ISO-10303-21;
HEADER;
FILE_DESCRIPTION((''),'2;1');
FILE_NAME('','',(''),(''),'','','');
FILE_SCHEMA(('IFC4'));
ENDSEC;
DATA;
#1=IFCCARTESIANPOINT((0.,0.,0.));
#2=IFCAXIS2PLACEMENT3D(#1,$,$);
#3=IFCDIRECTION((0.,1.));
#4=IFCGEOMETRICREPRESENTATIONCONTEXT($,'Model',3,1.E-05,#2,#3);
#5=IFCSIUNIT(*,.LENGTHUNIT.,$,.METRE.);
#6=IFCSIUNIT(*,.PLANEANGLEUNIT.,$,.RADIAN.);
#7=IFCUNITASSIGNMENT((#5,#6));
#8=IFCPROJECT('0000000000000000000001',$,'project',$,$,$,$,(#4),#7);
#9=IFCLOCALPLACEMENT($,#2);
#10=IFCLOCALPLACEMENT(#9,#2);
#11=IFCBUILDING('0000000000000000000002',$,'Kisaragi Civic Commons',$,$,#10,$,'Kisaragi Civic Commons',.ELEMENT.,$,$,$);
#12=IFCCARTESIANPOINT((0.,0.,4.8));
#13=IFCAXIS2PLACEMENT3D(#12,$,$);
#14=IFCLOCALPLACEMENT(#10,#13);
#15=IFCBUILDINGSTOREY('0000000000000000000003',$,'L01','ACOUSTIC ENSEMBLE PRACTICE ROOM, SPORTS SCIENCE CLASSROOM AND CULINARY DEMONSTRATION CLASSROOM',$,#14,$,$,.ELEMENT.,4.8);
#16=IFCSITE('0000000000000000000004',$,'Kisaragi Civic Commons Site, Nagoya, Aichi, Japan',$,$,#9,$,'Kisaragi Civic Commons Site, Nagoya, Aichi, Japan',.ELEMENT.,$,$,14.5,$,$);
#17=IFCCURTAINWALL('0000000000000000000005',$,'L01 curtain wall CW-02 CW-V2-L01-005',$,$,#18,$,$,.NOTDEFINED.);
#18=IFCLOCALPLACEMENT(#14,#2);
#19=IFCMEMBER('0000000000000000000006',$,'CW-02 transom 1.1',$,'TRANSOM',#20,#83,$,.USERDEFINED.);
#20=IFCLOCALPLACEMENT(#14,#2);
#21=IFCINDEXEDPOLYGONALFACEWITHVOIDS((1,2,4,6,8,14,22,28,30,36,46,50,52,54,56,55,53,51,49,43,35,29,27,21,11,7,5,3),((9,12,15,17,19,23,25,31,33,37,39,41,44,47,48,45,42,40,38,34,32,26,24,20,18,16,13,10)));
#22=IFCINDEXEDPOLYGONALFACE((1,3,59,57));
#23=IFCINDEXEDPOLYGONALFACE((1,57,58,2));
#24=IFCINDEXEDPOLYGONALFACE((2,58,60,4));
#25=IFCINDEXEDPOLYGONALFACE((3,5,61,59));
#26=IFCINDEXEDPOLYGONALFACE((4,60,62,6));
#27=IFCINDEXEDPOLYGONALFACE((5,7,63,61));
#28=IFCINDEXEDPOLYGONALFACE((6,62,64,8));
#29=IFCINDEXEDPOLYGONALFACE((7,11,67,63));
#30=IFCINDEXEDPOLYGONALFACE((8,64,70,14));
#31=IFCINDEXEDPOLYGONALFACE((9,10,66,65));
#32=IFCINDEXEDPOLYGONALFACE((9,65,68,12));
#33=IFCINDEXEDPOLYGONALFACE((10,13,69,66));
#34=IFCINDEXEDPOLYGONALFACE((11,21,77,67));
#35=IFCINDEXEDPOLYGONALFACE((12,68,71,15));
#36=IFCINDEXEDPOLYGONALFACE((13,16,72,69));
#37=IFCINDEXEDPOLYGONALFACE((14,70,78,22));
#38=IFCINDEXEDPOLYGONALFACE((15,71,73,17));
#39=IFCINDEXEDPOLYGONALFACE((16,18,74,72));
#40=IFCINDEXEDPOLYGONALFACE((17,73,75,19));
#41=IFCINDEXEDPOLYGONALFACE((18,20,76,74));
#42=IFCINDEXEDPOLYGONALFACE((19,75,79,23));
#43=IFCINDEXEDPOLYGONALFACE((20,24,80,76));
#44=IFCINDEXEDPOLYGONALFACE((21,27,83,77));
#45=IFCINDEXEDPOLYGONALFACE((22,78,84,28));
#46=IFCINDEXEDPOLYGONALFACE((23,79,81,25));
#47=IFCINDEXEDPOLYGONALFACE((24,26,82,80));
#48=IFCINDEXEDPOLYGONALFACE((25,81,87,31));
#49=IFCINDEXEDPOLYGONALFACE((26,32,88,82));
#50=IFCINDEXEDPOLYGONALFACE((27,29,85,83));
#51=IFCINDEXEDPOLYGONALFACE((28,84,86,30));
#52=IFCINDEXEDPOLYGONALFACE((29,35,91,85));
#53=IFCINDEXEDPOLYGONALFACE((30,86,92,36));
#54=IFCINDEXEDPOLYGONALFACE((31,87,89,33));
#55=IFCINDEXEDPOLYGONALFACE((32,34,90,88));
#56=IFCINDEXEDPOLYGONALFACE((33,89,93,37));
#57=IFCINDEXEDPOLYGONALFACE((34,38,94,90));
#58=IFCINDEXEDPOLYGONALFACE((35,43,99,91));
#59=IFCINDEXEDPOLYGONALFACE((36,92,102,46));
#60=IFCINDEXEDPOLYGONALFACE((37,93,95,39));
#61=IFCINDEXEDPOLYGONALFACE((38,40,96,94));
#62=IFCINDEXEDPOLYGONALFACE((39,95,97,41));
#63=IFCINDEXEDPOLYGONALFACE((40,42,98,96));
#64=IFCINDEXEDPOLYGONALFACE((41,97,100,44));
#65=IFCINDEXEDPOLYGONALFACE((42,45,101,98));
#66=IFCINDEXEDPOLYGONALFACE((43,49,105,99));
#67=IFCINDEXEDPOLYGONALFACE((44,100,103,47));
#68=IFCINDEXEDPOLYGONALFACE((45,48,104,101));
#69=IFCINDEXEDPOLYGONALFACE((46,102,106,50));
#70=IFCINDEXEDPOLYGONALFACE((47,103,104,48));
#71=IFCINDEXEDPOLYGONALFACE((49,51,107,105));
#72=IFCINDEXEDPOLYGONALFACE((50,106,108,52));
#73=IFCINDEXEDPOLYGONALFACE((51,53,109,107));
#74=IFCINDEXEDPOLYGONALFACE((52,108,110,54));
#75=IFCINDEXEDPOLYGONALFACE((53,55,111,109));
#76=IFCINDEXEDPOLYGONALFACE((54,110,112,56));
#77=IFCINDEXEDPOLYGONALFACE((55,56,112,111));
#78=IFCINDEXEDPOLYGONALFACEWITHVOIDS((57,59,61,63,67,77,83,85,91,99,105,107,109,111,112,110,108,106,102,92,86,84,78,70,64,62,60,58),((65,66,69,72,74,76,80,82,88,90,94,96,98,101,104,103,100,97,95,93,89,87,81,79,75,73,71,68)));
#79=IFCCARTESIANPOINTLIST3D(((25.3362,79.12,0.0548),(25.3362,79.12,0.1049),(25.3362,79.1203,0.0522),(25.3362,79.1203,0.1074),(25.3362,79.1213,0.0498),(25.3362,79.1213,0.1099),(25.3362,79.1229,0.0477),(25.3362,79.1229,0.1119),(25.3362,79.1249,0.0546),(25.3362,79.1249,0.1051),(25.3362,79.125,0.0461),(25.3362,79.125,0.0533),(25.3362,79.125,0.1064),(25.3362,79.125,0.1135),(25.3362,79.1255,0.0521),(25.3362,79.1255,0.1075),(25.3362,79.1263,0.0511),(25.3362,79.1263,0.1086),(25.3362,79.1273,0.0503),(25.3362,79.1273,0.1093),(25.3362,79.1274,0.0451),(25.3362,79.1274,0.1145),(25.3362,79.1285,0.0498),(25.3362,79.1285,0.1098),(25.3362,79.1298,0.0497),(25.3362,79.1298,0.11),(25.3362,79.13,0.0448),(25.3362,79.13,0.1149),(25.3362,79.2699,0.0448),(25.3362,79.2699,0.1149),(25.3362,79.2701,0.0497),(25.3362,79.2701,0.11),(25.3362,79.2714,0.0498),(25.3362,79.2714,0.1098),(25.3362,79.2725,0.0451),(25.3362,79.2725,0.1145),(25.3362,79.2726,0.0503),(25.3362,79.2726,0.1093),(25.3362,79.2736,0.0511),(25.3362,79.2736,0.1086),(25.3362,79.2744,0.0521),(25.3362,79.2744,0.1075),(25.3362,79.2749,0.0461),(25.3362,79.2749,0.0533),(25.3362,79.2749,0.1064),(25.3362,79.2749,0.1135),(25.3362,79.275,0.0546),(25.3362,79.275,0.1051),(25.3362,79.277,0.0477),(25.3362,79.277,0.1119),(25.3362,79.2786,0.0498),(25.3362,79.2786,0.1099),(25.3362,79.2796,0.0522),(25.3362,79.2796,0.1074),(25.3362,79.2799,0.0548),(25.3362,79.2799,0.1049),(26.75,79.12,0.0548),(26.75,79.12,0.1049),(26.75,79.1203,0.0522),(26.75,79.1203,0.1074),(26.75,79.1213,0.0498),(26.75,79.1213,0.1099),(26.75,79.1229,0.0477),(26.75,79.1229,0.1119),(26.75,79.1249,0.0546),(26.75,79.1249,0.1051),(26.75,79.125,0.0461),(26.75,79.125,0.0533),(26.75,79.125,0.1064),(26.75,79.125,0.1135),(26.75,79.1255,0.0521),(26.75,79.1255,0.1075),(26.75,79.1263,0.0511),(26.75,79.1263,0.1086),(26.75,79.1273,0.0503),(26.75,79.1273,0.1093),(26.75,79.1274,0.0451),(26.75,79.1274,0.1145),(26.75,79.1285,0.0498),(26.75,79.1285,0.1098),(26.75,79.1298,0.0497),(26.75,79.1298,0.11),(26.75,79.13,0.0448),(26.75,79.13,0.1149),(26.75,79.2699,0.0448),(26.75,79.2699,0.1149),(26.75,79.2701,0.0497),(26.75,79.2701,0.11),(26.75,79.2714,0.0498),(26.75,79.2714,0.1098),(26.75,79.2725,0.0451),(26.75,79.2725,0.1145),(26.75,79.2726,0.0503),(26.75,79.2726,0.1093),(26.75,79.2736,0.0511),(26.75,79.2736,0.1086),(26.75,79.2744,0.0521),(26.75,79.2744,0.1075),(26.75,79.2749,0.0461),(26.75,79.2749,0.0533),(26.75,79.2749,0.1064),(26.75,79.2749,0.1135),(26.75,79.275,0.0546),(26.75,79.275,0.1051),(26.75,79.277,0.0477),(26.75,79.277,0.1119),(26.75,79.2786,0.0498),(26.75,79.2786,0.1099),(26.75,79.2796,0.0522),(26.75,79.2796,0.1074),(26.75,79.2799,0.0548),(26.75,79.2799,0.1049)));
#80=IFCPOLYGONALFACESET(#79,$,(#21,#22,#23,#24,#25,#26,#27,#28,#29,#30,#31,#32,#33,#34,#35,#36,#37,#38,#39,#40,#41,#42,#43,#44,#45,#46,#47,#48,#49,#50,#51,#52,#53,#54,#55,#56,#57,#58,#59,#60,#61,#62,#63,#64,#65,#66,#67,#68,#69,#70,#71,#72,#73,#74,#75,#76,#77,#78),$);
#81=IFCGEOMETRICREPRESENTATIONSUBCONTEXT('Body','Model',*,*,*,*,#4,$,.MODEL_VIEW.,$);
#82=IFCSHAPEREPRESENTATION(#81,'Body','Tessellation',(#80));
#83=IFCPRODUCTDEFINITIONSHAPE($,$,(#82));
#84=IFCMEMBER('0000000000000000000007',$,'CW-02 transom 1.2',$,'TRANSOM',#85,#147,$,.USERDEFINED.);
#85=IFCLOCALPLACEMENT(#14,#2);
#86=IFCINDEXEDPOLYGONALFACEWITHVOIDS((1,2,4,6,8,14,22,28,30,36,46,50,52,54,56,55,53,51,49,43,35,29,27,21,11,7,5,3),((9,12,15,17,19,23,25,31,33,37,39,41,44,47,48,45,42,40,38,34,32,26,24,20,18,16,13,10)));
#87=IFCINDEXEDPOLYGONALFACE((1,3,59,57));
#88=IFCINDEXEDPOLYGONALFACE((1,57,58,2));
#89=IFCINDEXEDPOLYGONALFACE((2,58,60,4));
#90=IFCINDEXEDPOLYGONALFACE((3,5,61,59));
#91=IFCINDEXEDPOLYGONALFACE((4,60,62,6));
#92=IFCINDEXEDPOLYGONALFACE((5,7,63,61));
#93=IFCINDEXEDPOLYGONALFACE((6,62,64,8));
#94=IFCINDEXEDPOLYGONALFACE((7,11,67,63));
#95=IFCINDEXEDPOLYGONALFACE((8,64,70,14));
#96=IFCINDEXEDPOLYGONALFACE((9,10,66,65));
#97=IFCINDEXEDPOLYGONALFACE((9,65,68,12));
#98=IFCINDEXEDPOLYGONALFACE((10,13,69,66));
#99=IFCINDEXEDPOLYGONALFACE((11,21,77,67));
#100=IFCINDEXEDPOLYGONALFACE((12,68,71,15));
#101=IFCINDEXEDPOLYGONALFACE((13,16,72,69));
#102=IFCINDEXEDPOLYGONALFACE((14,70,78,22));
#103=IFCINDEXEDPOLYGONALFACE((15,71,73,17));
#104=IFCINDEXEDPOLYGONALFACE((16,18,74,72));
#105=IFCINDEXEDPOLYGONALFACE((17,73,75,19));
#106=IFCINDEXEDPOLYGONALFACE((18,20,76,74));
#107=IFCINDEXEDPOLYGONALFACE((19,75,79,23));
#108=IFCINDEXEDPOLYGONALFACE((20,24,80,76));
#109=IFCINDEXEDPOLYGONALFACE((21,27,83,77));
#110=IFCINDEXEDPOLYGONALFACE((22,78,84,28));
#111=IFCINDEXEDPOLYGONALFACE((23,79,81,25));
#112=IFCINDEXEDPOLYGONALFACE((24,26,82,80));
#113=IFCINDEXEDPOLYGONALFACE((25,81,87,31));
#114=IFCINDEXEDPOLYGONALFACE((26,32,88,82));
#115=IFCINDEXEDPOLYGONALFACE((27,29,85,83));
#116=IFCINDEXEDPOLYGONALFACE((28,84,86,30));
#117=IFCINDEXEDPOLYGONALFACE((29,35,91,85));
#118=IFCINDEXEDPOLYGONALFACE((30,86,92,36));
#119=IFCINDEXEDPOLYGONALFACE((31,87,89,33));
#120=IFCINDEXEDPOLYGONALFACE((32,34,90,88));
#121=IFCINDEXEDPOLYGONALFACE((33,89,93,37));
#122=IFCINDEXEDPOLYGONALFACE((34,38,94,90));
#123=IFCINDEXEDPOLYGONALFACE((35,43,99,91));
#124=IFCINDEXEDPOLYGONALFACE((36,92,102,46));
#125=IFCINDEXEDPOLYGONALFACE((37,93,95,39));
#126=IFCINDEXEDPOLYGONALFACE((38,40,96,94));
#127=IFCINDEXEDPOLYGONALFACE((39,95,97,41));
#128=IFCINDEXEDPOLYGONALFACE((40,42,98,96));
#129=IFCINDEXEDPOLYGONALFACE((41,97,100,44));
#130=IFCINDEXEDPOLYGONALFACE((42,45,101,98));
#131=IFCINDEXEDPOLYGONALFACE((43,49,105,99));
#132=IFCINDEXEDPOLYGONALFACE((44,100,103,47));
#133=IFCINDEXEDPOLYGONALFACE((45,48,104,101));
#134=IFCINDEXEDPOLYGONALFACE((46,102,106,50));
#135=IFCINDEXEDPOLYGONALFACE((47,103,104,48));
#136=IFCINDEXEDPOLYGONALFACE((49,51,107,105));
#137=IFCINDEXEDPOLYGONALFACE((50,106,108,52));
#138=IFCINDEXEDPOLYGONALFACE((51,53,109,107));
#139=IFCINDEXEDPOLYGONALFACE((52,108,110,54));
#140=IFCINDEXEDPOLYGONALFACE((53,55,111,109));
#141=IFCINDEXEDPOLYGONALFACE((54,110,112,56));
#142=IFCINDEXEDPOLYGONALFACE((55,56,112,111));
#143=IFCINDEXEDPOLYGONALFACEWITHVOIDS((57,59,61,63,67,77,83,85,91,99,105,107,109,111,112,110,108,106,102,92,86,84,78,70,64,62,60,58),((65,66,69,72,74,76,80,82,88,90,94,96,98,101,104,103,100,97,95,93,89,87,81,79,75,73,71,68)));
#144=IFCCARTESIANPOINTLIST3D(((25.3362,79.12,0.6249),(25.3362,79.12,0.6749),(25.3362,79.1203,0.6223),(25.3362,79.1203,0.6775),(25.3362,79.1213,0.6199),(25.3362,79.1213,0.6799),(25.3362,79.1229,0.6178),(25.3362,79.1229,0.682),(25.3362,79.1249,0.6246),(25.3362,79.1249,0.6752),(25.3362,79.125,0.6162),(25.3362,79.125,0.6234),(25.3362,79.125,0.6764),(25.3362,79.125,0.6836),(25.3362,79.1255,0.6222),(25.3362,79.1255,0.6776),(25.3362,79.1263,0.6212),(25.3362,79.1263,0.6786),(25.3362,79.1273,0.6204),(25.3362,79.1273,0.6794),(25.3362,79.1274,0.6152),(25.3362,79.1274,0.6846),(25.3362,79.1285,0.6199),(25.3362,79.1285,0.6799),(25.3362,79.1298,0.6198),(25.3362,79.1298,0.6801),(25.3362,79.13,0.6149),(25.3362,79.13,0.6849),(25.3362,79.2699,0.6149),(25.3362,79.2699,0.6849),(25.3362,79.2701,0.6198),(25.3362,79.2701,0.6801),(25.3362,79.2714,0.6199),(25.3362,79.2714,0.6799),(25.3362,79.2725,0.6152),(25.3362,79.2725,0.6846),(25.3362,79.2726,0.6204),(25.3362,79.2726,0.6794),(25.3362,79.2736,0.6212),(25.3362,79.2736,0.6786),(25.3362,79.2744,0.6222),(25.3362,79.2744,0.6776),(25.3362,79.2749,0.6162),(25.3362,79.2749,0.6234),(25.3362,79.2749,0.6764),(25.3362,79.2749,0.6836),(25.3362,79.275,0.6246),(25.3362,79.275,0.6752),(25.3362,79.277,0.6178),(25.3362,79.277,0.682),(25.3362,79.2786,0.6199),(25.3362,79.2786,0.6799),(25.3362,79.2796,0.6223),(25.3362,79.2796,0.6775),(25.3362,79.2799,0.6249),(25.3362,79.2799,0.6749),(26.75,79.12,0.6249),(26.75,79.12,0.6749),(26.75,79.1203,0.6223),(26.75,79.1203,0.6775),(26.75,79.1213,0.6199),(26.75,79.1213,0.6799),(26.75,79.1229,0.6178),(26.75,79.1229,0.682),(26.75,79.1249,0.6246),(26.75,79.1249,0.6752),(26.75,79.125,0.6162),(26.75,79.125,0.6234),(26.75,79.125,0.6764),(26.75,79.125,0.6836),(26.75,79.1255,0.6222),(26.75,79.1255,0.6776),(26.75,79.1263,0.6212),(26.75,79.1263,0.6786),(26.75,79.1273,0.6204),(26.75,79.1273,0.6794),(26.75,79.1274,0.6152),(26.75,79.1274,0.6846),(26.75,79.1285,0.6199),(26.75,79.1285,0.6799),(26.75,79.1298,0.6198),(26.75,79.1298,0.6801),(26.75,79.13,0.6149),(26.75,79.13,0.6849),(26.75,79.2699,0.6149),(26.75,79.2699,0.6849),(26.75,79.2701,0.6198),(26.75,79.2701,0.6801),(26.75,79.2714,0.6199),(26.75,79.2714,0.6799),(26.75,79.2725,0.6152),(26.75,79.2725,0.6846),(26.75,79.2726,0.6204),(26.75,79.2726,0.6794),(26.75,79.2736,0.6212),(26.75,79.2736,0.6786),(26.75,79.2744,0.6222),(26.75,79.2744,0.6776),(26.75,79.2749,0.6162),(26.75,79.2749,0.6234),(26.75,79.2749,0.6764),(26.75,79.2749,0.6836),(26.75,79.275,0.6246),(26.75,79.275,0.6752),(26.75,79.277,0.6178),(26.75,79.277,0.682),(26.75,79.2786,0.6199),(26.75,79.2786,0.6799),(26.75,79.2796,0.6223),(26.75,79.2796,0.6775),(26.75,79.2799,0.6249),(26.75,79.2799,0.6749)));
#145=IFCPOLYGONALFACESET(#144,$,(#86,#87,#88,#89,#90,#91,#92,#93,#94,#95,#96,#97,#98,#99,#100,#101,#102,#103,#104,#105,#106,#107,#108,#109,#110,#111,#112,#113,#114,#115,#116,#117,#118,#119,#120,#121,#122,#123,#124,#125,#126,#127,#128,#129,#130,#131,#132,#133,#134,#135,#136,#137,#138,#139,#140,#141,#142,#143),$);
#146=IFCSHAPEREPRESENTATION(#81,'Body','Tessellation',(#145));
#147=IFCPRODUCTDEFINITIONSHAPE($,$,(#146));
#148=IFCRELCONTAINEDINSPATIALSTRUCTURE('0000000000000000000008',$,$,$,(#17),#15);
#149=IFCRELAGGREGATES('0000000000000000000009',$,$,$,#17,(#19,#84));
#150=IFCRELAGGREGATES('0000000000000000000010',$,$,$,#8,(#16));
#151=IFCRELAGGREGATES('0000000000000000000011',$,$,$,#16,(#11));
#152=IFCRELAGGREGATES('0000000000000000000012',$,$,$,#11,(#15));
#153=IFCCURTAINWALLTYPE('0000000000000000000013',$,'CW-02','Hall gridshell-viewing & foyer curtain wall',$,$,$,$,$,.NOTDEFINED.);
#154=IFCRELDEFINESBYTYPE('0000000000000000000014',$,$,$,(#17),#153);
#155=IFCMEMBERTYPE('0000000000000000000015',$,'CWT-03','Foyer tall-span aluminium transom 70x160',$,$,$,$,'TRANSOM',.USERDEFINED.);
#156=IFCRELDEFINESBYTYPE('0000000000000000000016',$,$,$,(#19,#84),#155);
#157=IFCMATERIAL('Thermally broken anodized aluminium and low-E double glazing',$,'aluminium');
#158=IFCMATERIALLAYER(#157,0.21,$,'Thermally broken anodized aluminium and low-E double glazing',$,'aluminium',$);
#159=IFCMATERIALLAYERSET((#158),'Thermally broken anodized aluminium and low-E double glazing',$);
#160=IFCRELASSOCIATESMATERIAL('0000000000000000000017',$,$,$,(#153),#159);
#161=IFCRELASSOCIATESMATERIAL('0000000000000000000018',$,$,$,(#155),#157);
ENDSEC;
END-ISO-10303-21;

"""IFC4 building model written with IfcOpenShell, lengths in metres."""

from ifc_helpers import new_model, si_unit, direction, frame, origin, origin_2d, place, context, subcontext, project, spatial, hollow_rectangle, extrude, material, layer, layer_set, material_profile, profile_set, type_object, element, aggregate, save


model = new_model("IFC4")

# Units and contexts
model_context = context("Model", 3, precision=1e-05, world=origin(), true_north=direction((0.0, 1.0)))
body_context = subcontext(model_context, "Body", "Model", "MODEL_VIEW")
ifc_project = project(units=[si_unit("LENGTHUNIT", "METRE"), si_unit("PLANEANGLEUNIT", "RADIAN")], contexts=[model_context])

# Site, building, storey
site_placement = place(None, origin())
site = spatial("IfcSite", under=ifc_project, at=site_placement, Name="Kisaragi Civic Commons Site, Nagoya, Aichi, Japan", LongName="Kisaragi Civic Commons Site, Nagoya, Aichi, Japan", CompositionType="ELEMENT", RefElevation=14.5)
building_placement = place(site_placement, origin())
building = spatial("IfcBuilding", under=site, at=building_placement, Name="Kisaragi Civic Commons", LongName="Kisaragi Civic Commons", CompositionType="ELEMENT")
storey_placement = place(building_placement, frame((0.0, 0.0, 4.8)))
storey = spatial("IfcBuildingStorey", under=building, at=storey_placement, Name="L01", Description="ACOUSTIC ENSEMBLE PRACTICE ROOM, SPORTS SCIENCE CLASSROOM AND CULINARY DEMONSTRATION CLASSROOM", CompositionType="ELEMENT", Elevation=4.8)

# Curtain wall
ifc_material_1 = material(Name="Thermally broken anodized aluminium and low-E double glazing", Category="aluminium")
ifc_layer_1 = layer(ifc_material_1, 0.21, Name="Thermally broken anodized aluminium and low-E double glazing", Category="aluminium")
ifc_layer_set_1 = layer_set([ifc_layer_1], Name="Thermally broken anodized aluminium and low-E double glazing")
curtain_wall_type = type_object("IfcCurtainWallType", Name="CW-02", Description="Hall gridshell-viewing & foyer curtain wall", PredefinedType="NOTDEFINED", material=ifc_layer_set_1)
curtain_wall_1_placement = place(storey_placement, origin())
curtain_wall_1 = element("IfcCurtainWall", 1, at=curtain_wall_1_placement, inside=storey, type_object=curtain_wall_type, Name="L01 curtain wall CW-02 CW-V2-L01-005", PredefinedType="NOTDEFINED")

# Members
ifc_material_profile_1 = material_profile(ifc_material_1, hollow_rectangle(XDim=0.1599, YDim=0.0701, WallThickness=0.0049, InnerFilletRadius=0.0049, OuterFilletRadius=0.01, at=origin_2d()), Name="CWT-70x160x5", Category="aluminium")
ifc_profile_set_1 = profile_set([ifc_material_profile_1], Name="Thermally broken anodized aluminium and low-E double glazing")
member_type_1 = type_object("IfcMemberType", Name="CWT-03", Description="Foyer tall-span aluminium transom 70x160", ElementType="TRANSOM", PredefinedType="USERDEFINED", material=ifc_profile_set_1)
member_1_placement = place(storey_placement, frame((26.75, 79.2, 0.0798), z_axis=(-1.0, 0.0, 0.0), x_axis=(0.0, -1.0, 0.0)))
member_1 = element("IfcMember", 2, at=member_1_placement, type_object=member_type_1, Name="CW-02 transom 1.1", ObjectType="TRANSOM", PredefinedType="USERDEFINED", context=body_context, shape_type="SweptSolid", body=[
    extrude(hollow_rectangle(XDim=0.1599, YDim=0.0701, WallThickness=0.0049, InnerFilletRadius=0.0049, OuterFilletRadius=0.01, at=origin_2d()), origin(), (0.0, 0.0, 1.0), 1.4138),
])
member_2_placement = place(storey_placement, frame((26.75, 79.2, 0.6499), z_axis=(-1.0, 0.0, 0.0), x_axis=(0.0, -1.0, 0.0)))
member_2 = element("IfcMember", 3, at=member_2_placement, type_object=member_type_1, Name="CW-02 transom 1.2", ObjectType="TRANSOM", PredefinedType="USERDEFINED", context=body_context, shape_type="SweptSolid", body=[
    extrude(hollow_rectangle(XDim=0.1599, YDim=0.0701, WallThickness=0.0049, InnerFilletRadius=0.0049, OuterFilletRadius=0.01, at=origin_2d()), origin(), (0.0, 0.0, 1.0), 1.4138),
])

aggregate(curtain_wall_1, [member_1, member_2])

save(model, "model.ifc")
